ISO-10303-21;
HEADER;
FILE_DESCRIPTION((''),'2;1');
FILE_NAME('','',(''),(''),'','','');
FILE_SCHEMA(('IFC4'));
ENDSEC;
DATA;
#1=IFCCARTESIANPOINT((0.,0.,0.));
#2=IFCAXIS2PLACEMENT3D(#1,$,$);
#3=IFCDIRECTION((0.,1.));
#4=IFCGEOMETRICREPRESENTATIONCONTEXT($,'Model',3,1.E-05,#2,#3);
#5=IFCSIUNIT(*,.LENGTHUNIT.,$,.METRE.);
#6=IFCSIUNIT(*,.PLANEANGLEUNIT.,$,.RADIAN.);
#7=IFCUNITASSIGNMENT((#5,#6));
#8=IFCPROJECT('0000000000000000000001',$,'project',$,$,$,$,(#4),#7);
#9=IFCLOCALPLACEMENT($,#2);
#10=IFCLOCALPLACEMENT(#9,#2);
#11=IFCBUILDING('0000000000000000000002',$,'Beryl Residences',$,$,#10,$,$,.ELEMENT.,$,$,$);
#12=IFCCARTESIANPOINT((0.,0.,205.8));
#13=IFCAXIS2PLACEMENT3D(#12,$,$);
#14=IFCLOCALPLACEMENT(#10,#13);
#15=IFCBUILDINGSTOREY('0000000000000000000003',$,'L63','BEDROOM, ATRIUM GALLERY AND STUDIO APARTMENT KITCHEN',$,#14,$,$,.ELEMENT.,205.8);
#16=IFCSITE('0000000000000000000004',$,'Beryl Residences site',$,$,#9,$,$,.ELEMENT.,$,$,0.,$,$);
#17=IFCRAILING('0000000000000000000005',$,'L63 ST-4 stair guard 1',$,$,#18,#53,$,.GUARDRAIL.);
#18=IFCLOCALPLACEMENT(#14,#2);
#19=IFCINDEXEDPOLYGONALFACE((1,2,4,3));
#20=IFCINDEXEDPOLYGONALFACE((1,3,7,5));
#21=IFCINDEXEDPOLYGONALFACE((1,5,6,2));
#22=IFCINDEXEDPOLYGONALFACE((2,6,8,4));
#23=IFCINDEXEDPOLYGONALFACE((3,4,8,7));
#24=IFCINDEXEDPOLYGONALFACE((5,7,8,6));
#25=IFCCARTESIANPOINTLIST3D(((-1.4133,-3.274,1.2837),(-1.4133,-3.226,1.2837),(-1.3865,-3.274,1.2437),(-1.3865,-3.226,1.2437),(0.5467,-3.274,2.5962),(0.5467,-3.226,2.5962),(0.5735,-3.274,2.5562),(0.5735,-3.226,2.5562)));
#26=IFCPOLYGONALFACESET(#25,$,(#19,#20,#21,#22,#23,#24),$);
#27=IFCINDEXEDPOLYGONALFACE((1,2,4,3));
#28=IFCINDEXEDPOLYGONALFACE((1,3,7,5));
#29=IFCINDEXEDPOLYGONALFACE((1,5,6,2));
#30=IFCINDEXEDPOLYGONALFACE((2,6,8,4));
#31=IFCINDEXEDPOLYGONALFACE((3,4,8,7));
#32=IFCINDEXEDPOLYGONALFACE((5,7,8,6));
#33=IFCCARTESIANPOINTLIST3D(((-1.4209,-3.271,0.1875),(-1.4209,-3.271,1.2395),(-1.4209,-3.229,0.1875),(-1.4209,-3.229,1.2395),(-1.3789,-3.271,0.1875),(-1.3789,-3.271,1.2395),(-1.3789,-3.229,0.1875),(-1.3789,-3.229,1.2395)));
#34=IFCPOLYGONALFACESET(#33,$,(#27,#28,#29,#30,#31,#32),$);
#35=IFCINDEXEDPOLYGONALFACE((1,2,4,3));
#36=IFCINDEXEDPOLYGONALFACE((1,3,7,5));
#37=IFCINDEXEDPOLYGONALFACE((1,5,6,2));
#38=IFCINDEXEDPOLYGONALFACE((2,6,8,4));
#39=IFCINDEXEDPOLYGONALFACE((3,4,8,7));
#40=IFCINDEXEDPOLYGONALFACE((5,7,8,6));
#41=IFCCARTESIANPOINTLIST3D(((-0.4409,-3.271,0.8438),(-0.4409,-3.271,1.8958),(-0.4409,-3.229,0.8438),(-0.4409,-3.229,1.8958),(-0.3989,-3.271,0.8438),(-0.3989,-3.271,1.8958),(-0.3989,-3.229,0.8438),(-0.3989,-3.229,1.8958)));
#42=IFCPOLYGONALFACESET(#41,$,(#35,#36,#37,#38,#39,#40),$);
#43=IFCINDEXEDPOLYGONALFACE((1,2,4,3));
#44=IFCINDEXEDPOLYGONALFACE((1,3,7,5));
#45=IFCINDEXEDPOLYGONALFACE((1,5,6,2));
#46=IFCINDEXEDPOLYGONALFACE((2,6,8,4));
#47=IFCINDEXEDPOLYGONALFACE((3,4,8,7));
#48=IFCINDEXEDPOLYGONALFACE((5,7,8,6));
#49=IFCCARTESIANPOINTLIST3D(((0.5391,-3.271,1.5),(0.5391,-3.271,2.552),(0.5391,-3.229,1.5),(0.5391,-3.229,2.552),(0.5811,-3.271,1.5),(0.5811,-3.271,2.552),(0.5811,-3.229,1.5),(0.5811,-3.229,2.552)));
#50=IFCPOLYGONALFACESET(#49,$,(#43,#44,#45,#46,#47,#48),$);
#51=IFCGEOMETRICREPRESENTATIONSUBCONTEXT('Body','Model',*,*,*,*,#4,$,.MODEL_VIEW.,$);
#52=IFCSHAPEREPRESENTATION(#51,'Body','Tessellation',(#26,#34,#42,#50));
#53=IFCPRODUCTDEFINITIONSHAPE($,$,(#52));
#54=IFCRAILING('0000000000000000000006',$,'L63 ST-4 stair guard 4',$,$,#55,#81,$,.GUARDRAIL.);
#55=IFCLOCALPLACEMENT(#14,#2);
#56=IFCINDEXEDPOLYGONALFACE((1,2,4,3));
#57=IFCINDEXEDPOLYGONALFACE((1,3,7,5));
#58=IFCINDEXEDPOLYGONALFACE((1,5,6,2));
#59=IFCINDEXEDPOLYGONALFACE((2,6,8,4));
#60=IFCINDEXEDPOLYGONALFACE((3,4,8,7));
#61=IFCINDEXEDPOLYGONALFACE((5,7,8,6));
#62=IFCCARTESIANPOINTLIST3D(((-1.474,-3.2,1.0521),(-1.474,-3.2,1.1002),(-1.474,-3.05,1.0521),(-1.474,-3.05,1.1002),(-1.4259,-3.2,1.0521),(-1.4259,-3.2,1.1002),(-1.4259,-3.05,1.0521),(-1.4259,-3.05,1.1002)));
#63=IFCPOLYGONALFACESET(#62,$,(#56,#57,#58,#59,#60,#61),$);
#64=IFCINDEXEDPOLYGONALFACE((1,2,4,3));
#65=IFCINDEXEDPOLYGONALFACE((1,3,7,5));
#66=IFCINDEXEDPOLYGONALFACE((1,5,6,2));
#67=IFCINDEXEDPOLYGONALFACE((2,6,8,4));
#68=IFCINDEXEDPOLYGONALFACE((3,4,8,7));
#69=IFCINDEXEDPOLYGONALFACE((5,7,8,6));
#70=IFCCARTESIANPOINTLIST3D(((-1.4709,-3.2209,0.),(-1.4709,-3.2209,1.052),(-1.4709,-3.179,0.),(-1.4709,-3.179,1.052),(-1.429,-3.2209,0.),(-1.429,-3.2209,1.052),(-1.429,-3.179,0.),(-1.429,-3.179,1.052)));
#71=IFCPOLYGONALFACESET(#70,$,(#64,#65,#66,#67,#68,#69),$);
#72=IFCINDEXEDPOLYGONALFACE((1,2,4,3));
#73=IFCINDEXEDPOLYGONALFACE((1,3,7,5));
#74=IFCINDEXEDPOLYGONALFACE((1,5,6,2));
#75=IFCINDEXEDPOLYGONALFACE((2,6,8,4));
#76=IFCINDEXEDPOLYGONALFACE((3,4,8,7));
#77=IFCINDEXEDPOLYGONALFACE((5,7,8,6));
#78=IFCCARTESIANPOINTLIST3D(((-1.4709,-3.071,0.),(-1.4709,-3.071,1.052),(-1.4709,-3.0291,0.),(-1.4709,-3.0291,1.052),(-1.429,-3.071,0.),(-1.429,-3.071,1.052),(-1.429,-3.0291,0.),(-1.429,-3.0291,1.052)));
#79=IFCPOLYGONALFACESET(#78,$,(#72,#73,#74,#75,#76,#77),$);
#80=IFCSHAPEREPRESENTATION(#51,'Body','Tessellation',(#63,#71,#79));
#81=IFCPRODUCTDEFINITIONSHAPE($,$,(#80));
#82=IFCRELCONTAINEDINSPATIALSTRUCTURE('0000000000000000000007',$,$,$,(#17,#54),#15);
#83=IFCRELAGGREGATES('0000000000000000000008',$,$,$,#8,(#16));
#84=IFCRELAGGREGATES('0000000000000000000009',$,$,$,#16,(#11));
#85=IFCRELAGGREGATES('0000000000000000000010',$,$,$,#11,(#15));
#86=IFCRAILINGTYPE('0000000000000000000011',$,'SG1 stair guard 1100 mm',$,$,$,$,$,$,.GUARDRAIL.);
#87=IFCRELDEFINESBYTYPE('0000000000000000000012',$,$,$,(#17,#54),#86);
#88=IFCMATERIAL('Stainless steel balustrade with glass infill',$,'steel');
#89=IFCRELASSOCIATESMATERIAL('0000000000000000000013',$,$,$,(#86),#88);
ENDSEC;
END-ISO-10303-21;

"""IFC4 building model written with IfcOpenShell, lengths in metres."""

from ifc_helpers import new_model, si_unit, direction, frame, origin, origin_2d, place, context, subcontext, project, spatial, rectangle, extrude, material, type_object, element, save


model = new_model("IFC4")

# Units and contexts
model_context = context("Model", 3, precision=1e-05, world=origin(), true_north=direction((0.0, 1.0)))
body_context = subcontext(model_context, "Body", "Model", "MODEL_VIEW")
ifc_project = project(units=[si_unit("LENGTHUNIT", "METRE"), si_unit("PLANEANGLEUNIT", "RADIAN")], contexts=[model_context])

# Site, building, storey
site_placement = place(None, origin())
site = spatial("IfcSite", under=ifc_project, at=site_placement, Name="Beryl Residences site", CompositionType="ELEMENT", RefElevation=0.0)
building_placement = place(site_placement, origin())
building = spatial("IfcBuilding", under=site, at=building_placement, Name="Beryl Residences", CompositionType="ELEMENT")
storey_placement = place(building_placement, frame((0.0, 0.0, 205.8)))
storey = spatial("IfcBuildingStorey", under=building, at=storey_placement, Name="L63", Description="BEDROOM, ATRIUM GALLERY AND STUDIO APARTMENT KITCHEN", CompositionType="ELEMENT", Elevation=205.8)

# Railings
ifc_material_1 = material(Name="Stainless steel balustrade with glass infill", Category="steel")
railing_type = type_object("IfcRailingType", Name="SG1 stair guard 1100 mm", PredefinedType="GUARDRAIL", material=ifc_material_1)
railing_1_placement = place(storey_placement, frame((-1.3999, -3.25, 0.1875)))
element("IfcRailing", 1, at=railing_1_placement, inside=storey, type_object=railing_type, Name="L63 ST-4 stair guard 1", PredefinedType="GUARDRAIL", context=body_context, shape_type="SweptSolid", body=[
    extrude(rectangle(XDim=0.0481, YDim=0.0481, at=origin_2d()), frame((0.0, 0.0, 1.0762), z_axis=(0.830902, 0.0, 0.556419), x_axis=(0.0, 1.0, 0.0)), (0.0, 0.0, 1.0), 2.3589),
    extrude(rectangle(XDim=0.042, YDim=0.042, at=origin_2d()), origin(), (0.0, 0.0, 1.0), 1.052),
    extrude(rectangle(XDim=0.042, YDim=0.042, at=origin_2d()), frame((0.98, 0.0, 0.6562)), (0.0, 0.0, 1.0), 1.052),
    extrude(rectangle(XDim=0.042, YDim=0.042, at=origin_2d()), frame((1.96, 0.0, 1.3125)), (0.0, 0.0, 1.0), 1.052),
])
railing_2_placement = place(storey_placement, frame((-1.45, -3.2, 0.0)))
element("IfcRailing", 2, at=railing_2_placement, inside=storey, type_object=railing_type, Name="L63 ST-4 stair guard 4", PredefinedType="GUARDRAIL", context=body_context, shape_type="SweptSolid", body=[
    extrude(rectangle(XDim=0.0481, YDim=0.0481, at=origin_2d()), frame((0.0, 0.0, 1.0762), z_axis=(0.0, 1.0, 0.0), x_axis=(-1.0, 0.0, 0.0)), (0.0, 0.0, 1.0), 0.1499),
    extrude(rectangle(XDim=0.042, YDim=0.042, at=origin_2d()), origin(), (0.0, 0.0, 1.0), 1.052),
    extrude(rectangle(XDim=0.042, YDim=0.042, at=origin_2d()), frame((0.0, 0.1499, 0.0)), (0.0, 0.0, 1.0), 1.052),
])

save(model, "model.ifc")
